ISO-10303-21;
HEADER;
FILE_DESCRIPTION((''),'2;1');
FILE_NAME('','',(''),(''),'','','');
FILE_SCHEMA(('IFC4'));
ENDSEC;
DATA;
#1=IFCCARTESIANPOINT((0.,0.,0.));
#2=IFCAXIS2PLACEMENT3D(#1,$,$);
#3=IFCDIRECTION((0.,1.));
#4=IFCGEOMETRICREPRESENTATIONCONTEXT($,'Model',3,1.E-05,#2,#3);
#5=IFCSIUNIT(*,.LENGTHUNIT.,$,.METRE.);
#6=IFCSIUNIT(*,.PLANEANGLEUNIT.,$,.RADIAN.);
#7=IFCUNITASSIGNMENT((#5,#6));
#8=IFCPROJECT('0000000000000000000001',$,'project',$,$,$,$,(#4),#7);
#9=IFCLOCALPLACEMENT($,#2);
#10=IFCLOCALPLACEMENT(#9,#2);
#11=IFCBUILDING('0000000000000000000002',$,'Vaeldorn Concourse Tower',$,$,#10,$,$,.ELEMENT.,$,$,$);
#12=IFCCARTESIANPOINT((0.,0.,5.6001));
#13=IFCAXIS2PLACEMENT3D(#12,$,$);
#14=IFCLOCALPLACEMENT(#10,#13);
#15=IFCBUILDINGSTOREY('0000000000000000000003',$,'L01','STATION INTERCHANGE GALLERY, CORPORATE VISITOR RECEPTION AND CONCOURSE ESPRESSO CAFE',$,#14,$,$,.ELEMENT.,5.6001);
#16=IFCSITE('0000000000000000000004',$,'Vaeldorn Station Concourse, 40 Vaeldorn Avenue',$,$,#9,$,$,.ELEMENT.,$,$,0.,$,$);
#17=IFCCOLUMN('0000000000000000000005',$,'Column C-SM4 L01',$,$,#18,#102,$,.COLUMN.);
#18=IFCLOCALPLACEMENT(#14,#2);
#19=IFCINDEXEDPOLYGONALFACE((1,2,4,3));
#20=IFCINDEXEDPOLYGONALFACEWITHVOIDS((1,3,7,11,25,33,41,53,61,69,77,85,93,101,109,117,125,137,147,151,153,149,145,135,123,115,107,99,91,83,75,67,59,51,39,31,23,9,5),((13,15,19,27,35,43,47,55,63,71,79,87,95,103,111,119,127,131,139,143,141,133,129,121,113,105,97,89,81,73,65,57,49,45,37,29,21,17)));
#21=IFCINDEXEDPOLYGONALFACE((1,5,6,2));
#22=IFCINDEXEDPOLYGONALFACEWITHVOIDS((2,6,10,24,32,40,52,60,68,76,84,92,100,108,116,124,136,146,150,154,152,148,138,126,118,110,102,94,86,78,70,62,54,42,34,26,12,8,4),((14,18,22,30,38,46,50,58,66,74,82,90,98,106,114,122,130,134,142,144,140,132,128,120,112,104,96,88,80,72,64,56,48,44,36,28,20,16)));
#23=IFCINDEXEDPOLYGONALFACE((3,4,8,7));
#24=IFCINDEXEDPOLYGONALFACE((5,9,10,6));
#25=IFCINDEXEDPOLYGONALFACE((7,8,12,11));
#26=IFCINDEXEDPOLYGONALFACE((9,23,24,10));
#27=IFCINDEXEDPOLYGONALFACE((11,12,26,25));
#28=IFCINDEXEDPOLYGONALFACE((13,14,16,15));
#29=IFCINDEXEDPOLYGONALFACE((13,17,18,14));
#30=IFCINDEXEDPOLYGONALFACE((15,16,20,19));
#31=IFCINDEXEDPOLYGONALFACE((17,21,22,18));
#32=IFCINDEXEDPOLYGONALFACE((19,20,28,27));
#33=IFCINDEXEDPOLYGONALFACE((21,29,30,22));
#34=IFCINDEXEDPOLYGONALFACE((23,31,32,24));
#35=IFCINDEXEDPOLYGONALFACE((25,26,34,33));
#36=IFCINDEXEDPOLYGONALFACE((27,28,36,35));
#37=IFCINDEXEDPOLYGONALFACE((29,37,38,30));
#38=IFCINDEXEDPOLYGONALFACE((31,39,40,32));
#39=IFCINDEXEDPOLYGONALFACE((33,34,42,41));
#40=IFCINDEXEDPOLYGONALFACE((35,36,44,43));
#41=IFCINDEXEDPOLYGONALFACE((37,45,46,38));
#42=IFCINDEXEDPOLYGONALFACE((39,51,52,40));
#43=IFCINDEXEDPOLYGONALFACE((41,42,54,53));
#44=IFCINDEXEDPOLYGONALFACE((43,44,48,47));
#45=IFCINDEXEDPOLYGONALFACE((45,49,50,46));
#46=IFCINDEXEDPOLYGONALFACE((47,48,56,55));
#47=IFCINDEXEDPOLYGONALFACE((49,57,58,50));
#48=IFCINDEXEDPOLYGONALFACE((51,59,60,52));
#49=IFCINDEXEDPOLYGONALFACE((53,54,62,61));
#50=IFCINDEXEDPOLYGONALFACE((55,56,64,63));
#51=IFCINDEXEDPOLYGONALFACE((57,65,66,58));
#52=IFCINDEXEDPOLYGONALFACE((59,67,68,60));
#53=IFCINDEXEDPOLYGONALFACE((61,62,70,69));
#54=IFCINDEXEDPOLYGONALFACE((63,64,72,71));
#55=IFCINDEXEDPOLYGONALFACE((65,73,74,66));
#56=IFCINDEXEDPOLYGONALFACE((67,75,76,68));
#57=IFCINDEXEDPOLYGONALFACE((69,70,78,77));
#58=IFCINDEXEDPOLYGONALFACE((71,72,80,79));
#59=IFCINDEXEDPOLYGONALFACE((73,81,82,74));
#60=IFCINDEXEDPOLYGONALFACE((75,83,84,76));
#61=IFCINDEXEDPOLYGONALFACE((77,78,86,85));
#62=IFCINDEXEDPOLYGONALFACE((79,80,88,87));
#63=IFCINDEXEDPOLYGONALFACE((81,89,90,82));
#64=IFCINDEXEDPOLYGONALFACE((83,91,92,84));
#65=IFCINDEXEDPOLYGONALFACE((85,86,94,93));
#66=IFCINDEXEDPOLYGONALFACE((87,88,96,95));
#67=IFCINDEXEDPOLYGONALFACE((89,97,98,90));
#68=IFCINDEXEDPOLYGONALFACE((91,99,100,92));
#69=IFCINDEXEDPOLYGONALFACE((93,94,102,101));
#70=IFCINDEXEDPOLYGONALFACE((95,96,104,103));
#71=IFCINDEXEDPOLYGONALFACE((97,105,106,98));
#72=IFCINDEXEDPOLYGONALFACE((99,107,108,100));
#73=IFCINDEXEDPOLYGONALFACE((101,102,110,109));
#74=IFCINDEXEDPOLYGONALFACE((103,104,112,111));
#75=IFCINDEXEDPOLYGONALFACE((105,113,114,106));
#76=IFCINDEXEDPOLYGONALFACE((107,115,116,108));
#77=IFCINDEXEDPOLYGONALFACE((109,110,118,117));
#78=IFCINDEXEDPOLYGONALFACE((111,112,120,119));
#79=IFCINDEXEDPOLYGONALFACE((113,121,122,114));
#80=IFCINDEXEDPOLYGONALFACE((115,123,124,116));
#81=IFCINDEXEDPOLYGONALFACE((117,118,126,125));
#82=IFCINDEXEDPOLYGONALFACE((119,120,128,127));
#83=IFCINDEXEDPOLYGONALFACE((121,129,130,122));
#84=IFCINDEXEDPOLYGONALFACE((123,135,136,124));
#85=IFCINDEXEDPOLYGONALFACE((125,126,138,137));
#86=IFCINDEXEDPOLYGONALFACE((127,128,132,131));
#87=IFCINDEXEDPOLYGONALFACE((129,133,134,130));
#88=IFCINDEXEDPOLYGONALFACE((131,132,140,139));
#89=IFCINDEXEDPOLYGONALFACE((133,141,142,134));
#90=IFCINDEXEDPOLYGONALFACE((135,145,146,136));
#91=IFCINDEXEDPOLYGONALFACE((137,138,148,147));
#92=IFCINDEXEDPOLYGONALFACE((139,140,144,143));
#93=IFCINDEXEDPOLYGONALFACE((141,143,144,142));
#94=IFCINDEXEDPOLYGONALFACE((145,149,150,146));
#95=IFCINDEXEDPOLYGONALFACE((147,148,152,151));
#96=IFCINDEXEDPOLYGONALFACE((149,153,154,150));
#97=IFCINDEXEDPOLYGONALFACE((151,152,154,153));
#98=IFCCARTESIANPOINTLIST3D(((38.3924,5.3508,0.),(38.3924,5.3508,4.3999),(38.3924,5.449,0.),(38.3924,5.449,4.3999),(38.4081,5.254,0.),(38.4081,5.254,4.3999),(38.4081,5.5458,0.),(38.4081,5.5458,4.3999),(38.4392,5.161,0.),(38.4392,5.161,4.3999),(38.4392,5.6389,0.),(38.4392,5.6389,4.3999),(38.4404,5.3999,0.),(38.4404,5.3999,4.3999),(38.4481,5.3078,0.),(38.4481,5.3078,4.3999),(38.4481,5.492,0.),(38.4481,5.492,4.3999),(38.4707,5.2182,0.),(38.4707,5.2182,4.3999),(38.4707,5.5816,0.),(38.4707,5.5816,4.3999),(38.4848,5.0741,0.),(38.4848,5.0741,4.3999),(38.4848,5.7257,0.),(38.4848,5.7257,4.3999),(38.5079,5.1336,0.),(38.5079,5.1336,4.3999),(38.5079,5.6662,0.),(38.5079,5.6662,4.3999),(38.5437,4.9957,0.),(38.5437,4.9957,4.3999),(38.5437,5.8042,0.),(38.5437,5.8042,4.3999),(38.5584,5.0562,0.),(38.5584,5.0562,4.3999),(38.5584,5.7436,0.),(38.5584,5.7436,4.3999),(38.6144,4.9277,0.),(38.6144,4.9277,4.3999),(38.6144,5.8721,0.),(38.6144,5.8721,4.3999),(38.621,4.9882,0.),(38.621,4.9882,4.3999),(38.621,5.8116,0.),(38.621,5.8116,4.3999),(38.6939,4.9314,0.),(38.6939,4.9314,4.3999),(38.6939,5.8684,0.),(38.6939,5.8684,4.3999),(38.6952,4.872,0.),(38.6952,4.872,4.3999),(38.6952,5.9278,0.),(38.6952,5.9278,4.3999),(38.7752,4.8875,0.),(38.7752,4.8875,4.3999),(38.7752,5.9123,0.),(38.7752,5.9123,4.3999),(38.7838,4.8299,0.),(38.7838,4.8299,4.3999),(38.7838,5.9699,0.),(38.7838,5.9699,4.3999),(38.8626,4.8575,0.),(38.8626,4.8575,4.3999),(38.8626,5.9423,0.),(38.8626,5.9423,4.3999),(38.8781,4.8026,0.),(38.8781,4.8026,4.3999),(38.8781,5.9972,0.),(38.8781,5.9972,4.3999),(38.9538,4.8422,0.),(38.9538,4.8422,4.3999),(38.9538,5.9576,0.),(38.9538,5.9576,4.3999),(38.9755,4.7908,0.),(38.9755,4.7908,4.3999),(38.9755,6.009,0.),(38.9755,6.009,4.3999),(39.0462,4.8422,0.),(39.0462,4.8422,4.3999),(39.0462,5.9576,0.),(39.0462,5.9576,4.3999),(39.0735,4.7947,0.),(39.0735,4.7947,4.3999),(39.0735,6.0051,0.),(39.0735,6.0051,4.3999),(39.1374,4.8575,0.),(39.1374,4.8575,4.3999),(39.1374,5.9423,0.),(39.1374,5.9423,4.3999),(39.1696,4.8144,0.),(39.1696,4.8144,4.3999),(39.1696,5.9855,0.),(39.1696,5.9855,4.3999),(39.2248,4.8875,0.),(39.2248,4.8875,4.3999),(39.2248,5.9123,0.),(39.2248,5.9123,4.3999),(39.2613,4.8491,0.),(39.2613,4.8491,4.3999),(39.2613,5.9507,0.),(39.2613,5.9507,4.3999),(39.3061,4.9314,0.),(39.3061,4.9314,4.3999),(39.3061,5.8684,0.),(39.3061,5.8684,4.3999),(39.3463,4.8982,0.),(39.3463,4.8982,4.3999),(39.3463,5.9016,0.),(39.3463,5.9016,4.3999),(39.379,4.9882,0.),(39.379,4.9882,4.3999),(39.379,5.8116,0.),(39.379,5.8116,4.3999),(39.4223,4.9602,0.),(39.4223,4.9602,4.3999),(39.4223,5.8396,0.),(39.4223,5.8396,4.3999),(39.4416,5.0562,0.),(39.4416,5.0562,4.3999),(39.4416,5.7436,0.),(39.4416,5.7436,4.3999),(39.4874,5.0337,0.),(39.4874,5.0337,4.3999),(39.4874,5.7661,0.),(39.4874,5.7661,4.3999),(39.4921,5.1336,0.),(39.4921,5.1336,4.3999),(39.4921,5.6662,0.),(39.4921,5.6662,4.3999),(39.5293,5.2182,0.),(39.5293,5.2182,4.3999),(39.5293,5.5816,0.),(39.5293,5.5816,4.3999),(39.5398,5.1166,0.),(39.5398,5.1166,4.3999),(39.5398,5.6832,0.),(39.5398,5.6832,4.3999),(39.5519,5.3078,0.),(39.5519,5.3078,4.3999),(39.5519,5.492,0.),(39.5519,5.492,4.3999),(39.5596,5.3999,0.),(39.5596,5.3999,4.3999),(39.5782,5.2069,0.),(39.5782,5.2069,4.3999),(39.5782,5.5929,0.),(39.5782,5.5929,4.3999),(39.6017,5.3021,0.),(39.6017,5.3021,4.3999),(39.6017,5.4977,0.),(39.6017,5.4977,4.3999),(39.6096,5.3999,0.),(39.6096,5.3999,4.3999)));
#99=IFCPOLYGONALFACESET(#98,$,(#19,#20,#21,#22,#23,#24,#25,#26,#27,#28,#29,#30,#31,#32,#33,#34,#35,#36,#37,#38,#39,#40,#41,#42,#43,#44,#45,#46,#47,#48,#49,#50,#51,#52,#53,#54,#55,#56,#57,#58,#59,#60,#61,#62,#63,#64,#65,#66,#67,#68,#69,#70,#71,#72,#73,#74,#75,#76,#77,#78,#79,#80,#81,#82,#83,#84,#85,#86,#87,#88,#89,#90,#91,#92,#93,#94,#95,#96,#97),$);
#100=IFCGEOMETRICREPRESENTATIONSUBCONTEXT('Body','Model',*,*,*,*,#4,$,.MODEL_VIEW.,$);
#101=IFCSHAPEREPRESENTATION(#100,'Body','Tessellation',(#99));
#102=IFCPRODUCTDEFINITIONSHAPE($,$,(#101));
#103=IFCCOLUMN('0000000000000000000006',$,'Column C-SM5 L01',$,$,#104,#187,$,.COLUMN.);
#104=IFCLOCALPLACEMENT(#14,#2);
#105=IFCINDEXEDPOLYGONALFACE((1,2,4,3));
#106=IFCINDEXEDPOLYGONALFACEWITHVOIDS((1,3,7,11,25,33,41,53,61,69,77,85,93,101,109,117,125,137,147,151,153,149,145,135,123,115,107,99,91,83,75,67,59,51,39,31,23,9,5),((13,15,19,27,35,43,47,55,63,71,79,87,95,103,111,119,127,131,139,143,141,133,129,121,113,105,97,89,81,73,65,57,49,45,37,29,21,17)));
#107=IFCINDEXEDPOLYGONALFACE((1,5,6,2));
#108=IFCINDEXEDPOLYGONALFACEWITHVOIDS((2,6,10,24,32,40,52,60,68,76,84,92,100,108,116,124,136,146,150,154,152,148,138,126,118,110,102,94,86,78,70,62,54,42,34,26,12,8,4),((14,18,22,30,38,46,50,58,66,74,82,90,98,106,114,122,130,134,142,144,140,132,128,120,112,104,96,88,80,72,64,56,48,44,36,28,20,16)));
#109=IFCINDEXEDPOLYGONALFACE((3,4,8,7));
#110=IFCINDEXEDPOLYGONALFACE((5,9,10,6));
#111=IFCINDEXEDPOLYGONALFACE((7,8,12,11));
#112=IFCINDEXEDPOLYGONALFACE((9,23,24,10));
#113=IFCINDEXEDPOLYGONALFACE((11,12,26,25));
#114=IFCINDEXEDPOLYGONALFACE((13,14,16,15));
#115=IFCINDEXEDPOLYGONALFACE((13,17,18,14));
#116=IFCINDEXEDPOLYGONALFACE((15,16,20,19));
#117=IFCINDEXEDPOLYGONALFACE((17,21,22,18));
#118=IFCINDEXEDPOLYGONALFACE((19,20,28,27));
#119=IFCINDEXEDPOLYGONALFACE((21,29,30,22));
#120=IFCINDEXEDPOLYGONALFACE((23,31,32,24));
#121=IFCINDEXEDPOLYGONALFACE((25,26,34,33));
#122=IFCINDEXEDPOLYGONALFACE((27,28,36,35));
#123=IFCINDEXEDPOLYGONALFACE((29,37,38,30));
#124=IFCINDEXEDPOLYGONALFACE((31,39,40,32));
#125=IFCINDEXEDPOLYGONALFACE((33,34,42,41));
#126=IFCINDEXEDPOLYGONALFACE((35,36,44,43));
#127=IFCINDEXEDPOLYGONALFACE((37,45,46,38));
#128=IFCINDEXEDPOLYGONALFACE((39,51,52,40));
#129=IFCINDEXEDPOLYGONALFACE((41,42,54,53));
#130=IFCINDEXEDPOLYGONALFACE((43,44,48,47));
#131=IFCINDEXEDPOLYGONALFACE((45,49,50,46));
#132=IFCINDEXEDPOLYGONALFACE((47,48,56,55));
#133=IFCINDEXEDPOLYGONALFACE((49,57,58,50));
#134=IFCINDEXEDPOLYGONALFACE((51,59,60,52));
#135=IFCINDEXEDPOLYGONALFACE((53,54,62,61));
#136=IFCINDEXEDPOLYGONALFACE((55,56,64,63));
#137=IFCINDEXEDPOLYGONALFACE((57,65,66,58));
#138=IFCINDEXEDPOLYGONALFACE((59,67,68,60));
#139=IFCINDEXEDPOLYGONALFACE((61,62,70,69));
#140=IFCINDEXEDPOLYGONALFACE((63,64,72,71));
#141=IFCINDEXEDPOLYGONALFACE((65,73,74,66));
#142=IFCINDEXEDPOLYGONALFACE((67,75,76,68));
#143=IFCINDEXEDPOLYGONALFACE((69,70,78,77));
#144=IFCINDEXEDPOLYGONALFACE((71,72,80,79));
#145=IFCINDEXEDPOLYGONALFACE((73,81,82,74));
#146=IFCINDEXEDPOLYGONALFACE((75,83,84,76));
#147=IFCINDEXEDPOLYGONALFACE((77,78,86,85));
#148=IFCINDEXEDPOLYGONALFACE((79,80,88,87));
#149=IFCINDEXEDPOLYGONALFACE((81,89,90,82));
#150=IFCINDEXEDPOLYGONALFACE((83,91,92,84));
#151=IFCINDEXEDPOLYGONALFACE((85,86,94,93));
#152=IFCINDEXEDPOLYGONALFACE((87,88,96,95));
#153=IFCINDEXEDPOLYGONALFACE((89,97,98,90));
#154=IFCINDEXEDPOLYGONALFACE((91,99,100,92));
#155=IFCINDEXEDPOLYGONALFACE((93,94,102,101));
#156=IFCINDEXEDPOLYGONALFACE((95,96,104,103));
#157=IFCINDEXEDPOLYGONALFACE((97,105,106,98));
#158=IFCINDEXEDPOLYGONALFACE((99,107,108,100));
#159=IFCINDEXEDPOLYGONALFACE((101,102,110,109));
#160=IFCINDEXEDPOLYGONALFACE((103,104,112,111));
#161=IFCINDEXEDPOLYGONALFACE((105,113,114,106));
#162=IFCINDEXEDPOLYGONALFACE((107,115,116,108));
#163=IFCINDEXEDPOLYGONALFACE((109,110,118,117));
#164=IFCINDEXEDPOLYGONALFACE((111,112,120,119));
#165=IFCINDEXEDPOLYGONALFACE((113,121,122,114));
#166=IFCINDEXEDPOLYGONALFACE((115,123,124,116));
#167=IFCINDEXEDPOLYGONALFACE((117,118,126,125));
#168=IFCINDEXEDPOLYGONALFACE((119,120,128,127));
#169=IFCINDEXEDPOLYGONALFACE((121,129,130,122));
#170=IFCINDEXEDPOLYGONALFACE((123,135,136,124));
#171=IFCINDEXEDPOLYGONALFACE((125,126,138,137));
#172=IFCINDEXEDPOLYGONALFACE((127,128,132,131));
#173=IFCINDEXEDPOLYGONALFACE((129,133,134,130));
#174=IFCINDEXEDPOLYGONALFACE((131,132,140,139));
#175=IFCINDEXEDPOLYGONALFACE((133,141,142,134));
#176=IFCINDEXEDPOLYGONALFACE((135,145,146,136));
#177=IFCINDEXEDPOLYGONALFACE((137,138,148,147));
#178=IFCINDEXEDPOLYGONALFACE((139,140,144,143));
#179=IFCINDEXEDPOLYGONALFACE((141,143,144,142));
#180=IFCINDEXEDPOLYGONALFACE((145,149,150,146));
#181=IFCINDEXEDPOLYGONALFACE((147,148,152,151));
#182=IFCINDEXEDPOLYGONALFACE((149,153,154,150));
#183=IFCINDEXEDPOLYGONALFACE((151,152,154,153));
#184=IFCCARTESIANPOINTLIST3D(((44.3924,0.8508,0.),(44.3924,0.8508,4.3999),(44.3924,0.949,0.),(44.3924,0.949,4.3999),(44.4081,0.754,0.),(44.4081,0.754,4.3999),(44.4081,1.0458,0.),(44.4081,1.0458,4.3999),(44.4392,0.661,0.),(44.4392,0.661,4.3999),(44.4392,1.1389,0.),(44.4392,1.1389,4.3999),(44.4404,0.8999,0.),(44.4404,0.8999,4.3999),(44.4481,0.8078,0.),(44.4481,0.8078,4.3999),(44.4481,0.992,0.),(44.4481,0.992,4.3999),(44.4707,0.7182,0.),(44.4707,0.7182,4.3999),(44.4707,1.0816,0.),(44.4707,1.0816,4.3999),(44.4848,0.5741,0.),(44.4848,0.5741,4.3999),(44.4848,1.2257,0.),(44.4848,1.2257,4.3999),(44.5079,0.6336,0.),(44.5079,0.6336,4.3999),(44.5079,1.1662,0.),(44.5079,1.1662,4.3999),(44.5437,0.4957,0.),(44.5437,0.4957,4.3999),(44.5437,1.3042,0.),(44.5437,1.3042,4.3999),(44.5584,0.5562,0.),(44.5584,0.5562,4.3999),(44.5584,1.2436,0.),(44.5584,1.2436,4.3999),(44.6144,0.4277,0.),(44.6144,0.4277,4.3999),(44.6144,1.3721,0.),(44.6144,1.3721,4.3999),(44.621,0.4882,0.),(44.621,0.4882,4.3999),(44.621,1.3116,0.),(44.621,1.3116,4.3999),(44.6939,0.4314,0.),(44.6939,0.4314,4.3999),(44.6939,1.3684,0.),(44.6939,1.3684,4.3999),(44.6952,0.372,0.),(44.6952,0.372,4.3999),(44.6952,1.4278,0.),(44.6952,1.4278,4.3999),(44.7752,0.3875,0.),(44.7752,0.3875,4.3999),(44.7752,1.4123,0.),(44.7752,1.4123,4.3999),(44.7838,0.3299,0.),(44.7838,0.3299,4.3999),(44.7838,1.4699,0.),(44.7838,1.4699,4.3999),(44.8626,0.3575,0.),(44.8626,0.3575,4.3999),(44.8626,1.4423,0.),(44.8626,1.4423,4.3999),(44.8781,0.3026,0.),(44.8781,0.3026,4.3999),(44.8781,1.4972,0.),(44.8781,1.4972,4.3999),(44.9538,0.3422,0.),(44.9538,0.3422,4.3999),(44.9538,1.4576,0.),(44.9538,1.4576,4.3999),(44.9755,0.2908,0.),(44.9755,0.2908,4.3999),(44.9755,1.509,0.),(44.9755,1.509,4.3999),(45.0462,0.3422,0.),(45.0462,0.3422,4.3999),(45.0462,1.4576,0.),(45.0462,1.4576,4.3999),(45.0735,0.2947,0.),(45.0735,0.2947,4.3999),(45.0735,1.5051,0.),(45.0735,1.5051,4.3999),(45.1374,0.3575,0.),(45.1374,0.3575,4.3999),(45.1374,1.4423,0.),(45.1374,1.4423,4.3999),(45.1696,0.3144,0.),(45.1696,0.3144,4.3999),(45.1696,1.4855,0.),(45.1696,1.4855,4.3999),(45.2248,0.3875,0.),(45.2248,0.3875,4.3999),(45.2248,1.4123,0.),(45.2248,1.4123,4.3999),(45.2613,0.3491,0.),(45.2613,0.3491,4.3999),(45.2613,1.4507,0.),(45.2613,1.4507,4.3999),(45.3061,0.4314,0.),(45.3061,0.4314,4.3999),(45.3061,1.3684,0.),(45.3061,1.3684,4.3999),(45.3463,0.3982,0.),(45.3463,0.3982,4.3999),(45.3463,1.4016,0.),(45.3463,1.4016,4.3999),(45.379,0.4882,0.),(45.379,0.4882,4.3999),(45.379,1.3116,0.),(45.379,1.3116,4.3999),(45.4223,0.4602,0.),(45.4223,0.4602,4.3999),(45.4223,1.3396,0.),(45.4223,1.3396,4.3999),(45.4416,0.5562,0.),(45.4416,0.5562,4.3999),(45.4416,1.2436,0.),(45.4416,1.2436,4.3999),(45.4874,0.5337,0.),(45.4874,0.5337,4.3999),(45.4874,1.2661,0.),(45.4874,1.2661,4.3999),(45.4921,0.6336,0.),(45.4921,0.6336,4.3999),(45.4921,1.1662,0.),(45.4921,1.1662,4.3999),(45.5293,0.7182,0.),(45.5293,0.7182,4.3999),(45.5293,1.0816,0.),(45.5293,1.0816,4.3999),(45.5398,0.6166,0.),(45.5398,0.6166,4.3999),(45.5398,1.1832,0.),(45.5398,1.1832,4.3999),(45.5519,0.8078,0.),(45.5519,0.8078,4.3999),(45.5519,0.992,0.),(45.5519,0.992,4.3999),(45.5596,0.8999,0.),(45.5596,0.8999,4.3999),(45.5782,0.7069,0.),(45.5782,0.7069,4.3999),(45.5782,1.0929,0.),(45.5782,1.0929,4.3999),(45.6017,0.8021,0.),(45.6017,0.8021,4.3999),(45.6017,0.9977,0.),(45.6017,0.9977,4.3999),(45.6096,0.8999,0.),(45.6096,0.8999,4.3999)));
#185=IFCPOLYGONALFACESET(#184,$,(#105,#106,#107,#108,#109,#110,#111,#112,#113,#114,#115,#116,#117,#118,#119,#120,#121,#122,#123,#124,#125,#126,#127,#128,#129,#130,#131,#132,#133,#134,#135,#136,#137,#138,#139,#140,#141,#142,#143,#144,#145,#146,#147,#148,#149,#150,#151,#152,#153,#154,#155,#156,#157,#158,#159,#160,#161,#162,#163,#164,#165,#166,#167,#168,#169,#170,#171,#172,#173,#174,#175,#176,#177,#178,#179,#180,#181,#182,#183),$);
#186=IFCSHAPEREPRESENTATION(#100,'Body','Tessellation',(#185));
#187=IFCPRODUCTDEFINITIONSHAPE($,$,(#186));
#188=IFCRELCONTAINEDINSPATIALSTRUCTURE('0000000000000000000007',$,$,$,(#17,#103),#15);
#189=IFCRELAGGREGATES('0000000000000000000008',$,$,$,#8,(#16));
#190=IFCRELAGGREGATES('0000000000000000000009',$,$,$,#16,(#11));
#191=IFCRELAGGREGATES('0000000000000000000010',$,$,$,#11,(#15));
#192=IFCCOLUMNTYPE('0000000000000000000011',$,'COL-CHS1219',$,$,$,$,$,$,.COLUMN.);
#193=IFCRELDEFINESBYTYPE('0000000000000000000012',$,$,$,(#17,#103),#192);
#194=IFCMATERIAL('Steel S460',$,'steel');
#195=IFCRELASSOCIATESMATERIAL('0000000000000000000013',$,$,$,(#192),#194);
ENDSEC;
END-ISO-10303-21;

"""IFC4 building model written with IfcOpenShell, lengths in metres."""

from ifc_helpers import new_model, si_unit, direction, frame, origin, origin_2d, place, context, subcontext, project, spatial, hollow_circle, extrude, source, transform, mapped, material, material_profile, profile_set, type_object, element, save


model = new_model("IFC4")

# Units and contexts
model_context = context("Model", 3, precision=1e-05, world=origin(), true_north=direction((0.0, 1.0)))
body_context = subcontext(model_context, "Body", "Model", "MODEL_VIEW")
ifc_project = project(units=[si_unit("LENGTHUNIT", "METRE"), si_unit("PLANEANGLEUNIT", "RADIAN")], contexts=[model_context])

# Site, building, storey
site_placement = place(None, origin())
site = spatial("IfcSite", under=ifc_project, at=site_placement, Name="Vaeldorn Station Concourse, 40 Vaeldorn Avenue", CompositionType="ELEMENT", RefElevation=0.0)
building_placement = place(site_placement, origin())
building = spatial("IfcBuilding", under=site, at=building_placement, Name="Vaeldorn Concourse Tower", CompositionType="ELEMENT")
storey_placement = place(building_placement, frame((0.0, 0.0, 5.6001)))
storey = spatial("IfcBuildingStorey", under=building, at=storey_placement, Name="L01", Description="STATION INTERCHANGE GALLERY, CORPORATE VISITOR RECEPTION AND CONCOURSE ESPRESSO CAFE", CompositionType="ELEMENT", Elevation=5.6001)

# Columns
ifc_material_1 = material(Name="Steel S460", Category="steel")
ifc_material_profile_1 = material_profile(ifc_material_1, hollow_circle(Radius=0.6096, WallThickness=0.05, at=origin_2d()), Name="CHS 1219x50")
ifc_profile_set_1 = profile_set([ifc_material_profile_1], Name="Steel S460")
column_type = type_object("IfcColumnType", Name="COL-CHS1219", PredefinedType="COLUMN", material=ifc_profile_set_1)
shared_shape_1 = source(origin(), body_context, "Body", "SweptSolid", [
    extrude(hollow_circle(Radius=0.6096, WallThickness=0.05, at=origin_2d()), origin(), (0.0, 0.0, 1.0), 4.3999),
])
for number, where, z_axis, x_axis, name in (
    (1, (39.0, 5.3999, 0.0), (0.0, 0.0, 1.0), (1.0, 0.0, 0.0), "Column C-SM4 L01"),
    (2, (45.0, 0.8999, 0.0), (0.0, 0.0, 1.0), (1.0, 0.0, 0.0), "Column C-SM5 L01"),
):
    element("IfcColumn", number, at=place(storey_placement, frame(where, z_axis=z_axis, x_axis=x_axis)), inside=storey, type_object=column_type, Name=name, PredefinedType="COLUMN", context=body_context, shape_type="MappedRepresentation", body=[
        mapped(shared_shape_1, transform((0.0, 0.0, 0.0), scale=1.0)),
    ])

save(model, "model.ifc")
